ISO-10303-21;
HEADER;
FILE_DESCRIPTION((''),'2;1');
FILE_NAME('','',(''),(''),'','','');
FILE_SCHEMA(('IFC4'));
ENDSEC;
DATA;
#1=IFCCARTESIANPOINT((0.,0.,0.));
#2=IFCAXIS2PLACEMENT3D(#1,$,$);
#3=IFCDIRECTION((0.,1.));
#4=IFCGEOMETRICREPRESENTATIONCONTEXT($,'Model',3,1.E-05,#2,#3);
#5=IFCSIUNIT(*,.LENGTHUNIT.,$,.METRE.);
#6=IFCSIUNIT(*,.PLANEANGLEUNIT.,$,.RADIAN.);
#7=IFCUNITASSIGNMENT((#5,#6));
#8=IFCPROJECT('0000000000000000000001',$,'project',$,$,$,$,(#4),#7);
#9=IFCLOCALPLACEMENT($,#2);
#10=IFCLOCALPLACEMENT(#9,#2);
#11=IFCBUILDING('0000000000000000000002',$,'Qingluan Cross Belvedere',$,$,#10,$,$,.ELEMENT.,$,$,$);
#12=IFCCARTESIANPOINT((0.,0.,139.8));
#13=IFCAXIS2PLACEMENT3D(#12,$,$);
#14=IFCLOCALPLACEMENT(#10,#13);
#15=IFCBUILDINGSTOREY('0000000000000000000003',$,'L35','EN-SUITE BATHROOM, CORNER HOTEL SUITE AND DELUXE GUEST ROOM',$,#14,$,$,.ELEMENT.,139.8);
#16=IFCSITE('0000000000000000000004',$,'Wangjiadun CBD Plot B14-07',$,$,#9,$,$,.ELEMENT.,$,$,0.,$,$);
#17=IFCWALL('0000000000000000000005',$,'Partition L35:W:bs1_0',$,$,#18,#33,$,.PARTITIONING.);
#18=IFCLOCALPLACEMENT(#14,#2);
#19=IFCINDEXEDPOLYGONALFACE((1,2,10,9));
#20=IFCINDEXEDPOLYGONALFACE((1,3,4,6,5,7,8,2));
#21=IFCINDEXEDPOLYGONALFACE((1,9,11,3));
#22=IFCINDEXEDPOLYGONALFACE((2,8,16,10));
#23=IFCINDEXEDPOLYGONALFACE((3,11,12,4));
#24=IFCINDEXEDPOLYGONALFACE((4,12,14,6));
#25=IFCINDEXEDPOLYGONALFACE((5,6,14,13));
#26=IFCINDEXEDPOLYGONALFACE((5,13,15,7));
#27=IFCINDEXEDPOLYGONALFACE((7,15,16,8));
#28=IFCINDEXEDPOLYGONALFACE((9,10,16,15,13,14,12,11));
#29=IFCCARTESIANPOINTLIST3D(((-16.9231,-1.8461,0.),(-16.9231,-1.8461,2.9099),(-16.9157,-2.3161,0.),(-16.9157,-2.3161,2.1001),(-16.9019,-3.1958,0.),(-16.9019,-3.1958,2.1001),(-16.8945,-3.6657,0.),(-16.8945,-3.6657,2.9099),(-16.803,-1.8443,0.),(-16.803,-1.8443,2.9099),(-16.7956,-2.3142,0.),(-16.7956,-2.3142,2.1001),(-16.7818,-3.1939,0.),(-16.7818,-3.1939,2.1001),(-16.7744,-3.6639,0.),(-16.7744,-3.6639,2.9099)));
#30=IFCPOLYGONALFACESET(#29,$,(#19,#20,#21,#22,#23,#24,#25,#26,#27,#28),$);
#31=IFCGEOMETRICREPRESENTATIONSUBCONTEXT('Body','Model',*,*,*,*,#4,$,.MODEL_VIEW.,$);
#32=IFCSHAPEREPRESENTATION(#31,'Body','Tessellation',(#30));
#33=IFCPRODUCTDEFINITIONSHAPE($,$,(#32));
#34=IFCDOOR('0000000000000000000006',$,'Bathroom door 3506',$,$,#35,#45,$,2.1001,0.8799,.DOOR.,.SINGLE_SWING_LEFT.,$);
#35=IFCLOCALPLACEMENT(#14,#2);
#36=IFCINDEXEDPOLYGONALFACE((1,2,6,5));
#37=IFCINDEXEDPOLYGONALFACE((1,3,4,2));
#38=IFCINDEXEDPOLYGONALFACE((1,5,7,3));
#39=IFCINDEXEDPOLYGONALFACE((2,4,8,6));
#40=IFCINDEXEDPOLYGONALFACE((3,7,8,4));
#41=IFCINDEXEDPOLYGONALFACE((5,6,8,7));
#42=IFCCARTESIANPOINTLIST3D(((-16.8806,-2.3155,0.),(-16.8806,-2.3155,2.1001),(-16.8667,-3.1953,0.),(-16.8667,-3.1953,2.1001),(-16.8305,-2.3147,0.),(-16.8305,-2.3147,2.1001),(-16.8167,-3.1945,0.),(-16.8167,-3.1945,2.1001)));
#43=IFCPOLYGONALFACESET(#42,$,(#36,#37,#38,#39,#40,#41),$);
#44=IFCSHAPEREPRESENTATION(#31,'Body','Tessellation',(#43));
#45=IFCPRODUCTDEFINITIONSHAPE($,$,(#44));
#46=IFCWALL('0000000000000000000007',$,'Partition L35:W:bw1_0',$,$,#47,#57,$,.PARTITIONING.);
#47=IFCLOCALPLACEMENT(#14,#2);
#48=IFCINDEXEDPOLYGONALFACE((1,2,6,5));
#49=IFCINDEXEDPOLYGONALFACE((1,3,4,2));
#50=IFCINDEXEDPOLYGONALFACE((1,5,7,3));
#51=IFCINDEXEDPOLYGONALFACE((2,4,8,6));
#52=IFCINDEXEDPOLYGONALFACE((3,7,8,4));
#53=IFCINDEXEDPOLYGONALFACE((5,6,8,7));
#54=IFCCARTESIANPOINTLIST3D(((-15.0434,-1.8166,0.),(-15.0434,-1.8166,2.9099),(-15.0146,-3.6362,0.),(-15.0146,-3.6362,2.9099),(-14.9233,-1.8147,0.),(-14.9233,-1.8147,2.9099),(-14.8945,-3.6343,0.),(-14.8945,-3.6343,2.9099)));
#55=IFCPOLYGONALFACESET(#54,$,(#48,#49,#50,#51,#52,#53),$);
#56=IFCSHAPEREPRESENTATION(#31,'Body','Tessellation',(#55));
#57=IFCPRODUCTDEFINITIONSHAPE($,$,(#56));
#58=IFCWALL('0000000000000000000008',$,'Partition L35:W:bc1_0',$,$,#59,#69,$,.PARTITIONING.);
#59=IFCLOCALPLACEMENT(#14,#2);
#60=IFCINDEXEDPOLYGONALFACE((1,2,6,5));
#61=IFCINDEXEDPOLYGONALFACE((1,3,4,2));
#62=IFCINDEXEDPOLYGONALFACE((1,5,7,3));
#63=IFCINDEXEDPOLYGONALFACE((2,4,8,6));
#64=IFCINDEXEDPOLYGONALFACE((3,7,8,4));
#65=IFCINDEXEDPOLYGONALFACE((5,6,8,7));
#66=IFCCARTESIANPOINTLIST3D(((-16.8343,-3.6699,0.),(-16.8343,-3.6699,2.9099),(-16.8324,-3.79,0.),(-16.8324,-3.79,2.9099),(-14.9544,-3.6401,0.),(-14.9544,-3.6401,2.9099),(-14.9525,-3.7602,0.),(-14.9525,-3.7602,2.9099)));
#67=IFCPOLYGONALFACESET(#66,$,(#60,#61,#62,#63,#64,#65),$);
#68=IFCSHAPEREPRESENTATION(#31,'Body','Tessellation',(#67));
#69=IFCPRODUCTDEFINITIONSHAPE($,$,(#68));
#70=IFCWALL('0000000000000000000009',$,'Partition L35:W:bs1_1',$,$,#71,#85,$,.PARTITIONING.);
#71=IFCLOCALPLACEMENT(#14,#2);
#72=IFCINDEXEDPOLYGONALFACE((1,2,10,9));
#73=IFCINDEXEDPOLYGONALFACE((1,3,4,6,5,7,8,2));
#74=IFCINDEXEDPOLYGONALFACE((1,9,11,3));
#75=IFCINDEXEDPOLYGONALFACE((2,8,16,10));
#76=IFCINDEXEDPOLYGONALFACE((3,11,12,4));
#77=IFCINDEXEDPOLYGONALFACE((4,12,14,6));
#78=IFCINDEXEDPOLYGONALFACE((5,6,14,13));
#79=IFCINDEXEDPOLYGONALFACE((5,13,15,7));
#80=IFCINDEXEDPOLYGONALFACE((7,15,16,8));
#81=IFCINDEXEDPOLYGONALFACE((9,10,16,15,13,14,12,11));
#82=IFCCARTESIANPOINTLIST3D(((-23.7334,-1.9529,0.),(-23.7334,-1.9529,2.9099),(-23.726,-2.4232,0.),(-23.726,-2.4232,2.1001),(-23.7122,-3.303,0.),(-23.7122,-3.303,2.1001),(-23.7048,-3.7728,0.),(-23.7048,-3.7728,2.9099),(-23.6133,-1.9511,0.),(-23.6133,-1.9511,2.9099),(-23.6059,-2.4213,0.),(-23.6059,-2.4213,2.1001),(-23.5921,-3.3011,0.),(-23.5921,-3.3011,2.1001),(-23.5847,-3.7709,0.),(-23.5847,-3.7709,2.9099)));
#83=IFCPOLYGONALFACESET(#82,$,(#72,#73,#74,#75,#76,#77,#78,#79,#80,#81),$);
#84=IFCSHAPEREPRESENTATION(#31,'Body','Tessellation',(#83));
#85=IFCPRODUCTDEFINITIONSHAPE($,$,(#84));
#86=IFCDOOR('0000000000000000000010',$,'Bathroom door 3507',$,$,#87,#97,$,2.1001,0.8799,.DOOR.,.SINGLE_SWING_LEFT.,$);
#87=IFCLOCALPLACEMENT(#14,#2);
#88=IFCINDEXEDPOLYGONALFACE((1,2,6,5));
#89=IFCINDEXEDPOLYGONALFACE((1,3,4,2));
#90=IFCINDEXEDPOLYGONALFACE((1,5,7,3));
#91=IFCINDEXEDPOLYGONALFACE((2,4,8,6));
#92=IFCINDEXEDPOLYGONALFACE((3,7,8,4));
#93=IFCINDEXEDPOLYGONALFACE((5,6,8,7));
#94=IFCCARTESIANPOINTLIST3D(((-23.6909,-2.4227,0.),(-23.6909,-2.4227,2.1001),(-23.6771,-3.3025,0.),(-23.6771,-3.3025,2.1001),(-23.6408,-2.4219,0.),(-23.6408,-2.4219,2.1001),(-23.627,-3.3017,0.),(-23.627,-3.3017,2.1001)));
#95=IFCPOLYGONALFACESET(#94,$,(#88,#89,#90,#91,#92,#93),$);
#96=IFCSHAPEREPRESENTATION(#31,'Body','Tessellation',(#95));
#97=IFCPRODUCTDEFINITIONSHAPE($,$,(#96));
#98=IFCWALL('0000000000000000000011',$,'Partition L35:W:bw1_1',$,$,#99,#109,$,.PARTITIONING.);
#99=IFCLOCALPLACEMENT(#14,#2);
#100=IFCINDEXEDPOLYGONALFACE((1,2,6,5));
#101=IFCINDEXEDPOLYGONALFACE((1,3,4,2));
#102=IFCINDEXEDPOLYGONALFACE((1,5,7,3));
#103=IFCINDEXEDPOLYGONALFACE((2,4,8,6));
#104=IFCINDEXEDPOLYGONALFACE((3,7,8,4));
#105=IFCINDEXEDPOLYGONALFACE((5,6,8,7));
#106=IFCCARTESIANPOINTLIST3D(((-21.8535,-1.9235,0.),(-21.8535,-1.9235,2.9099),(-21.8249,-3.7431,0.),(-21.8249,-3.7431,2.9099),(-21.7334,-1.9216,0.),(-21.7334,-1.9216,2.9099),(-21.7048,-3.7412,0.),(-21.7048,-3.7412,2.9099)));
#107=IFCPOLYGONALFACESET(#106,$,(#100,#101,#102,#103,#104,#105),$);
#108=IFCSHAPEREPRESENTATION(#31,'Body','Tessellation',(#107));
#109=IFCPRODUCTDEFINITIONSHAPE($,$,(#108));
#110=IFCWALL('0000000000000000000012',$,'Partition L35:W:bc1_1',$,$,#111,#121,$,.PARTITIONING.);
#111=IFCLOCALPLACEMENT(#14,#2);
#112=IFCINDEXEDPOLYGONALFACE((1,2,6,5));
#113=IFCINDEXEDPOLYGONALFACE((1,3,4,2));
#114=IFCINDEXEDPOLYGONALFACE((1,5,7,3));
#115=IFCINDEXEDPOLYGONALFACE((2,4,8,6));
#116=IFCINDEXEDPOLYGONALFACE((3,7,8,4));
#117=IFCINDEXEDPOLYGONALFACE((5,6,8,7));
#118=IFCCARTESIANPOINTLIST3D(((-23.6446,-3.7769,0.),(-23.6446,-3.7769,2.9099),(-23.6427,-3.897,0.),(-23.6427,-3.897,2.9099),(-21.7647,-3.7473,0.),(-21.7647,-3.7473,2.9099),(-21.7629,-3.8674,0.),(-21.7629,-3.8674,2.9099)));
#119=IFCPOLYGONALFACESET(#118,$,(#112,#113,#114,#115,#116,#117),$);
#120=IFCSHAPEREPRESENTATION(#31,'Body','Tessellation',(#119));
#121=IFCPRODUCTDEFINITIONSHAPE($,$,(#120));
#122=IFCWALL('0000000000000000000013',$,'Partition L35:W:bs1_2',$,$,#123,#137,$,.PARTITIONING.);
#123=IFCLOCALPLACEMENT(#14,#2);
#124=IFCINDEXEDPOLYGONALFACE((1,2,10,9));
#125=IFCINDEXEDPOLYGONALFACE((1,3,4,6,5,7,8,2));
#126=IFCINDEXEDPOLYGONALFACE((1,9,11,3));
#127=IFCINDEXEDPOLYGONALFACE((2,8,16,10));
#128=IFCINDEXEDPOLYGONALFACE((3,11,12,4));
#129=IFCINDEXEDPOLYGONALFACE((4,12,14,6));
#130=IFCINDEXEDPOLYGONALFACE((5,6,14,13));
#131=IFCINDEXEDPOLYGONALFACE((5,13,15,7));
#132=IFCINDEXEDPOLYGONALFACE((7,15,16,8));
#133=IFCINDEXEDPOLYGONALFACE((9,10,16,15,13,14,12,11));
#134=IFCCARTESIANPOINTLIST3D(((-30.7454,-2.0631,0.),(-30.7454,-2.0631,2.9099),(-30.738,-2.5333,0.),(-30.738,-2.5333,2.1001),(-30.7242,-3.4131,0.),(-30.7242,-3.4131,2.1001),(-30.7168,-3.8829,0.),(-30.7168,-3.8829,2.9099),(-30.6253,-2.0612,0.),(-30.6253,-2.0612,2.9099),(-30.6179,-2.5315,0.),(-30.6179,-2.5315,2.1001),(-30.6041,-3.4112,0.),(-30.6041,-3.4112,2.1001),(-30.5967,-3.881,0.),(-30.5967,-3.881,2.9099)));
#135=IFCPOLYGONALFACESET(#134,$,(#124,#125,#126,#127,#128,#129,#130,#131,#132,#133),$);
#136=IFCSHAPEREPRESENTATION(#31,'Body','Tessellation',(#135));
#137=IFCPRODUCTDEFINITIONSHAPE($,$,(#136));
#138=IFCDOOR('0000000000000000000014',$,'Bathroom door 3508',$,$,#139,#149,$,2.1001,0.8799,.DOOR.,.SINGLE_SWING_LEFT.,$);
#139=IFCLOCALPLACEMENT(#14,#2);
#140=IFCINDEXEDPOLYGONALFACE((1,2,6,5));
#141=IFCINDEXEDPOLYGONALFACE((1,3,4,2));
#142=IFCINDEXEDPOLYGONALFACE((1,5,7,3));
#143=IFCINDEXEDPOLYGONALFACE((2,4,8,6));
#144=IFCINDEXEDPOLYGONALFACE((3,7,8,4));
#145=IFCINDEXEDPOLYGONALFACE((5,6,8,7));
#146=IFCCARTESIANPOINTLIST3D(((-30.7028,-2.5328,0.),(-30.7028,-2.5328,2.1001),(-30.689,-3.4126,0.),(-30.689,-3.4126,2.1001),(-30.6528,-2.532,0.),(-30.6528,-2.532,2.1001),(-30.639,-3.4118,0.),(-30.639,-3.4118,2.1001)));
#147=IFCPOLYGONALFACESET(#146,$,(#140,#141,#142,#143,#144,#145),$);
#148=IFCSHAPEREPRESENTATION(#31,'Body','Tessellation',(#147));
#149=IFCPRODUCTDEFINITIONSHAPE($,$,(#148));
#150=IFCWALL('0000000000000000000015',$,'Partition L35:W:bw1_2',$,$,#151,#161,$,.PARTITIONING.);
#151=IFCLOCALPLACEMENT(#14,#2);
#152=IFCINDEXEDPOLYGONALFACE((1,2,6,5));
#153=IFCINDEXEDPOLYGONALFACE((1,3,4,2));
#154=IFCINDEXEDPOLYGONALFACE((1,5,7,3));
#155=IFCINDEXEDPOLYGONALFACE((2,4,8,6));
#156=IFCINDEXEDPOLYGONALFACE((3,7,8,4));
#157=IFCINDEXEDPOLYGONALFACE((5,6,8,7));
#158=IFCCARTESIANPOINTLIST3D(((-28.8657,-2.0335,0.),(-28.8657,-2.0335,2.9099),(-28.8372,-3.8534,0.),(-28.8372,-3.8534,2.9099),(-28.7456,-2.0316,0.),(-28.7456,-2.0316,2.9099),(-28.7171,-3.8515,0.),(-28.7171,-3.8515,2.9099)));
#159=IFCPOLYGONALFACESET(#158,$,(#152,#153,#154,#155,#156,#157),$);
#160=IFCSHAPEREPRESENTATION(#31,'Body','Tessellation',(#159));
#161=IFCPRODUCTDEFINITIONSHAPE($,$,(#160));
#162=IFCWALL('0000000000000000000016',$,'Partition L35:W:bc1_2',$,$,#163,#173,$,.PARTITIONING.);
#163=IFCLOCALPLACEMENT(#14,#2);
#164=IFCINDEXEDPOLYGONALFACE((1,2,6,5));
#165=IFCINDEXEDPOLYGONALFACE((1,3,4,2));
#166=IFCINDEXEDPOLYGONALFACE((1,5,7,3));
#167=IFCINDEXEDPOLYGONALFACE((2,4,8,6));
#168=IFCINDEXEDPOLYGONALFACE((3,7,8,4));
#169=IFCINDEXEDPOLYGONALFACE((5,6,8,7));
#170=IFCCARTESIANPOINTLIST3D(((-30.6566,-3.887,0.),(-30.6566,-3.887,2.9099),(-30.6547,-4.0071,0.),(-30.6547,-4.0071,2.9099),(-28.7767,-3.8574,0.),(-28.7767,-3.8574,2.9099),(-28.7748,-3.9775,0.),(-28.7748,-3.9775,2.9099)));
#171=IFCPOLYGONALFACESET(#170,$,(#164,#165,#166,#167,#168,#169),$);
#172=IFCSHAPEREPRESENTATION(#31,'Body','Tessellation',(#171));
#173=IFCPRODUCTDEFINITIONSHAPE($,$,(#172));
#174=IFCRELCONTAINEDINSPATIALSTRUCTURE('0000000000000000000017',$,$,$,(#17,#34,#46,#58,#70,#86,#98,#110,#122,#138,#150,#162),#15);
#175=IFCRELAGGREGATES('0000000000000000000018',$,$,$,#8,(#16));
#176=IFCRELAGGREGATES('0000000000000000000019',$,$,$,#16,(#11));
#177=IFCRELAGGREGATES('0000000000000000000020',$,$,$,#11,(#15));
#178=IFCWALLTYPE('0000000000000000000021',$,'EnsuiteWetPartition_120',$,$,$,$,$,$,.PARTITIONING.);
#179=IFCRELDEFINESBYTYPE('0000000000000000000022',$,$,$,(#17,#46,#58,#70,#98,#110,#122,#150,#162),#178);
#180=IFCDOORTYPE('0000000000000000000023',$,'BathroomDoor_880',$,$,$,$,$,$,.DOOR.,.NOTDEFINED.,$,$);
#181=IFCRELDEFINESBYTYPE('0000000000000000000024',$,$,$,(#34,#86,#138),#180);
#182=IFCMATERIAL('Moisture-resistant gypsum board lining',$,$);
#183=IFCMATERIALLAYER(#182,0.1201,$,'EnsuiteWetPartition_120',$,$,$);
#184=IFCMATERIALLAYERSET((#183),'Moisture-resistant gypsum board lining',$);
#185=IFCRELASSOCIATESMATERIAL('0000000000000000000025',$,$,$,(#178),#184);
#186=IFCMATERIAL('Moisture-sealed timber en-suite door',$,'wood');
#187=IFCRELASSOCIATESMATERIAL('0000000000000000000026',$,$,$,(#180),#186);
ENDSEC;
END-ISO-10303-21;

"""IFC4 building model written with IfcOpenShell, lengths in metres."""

from ifc_helpers import new_model, si_unit, direction, frame, frame_2d, origin, place, context, subcontext, project, spatial, rectangle, extrude, material, layer, layer_set, type_object, element, fill, save


model = new_model("IFC4")

# Units and contexts
model_context = context("Model", 3, precision=1e-05, world=origin(), true_north=direction((0.0, 1.0)))
body_context = subcontext(model_context, "Body", "Model", "MODEL_VIEW")
ifc_project = project(units=[si_unit("LENGTHUNIT", "METRE"), si_unit("PLANEANGLEUNIT", "RADIAN")], contexts=[model_context])

# Site, building, storey
site_placement = place(None, origin())
site = spatial("IfcSite", under=ifc_project, at=site_placement, Name="Wangjiadun CBD Plot B14-07", CompositionType="ELEMENT", RefElevation=0.0)
building_placement = place(site_placement, origin())
building = spatial("IfcBuilding", under=site, at=building_placement, Name="Qingluan Cross Belvedere", CompositionType="ELEMENT")
storey_placement = place(building_placement, frame((0.0, 0.0, 139.8)))
storey = spatial("IfcBuildingStorey", under=building, at=storey_placement, Name="L35", Description="EN-SUITE BATHROOM, CORNER HOTEL SUITE AND DELUXE GUEST ROOM", CompositionType="ELEMENT", Elevation=139.8)

# Wall, opening, door
ifc_material_1 = material(Name="Moisture-resistant gypsum board lining")
ifc_layer_1 = layer(ifc_material_1, 0.1201, Name="EnsuiteWetPartition_120")
ifc_layer_set_1 = layer_set([ifc_layer_1], Name="Moisture-resistant gypsum board lining")
wall_type_1 = type_object("IfcWallType", Name="EnsuiteWetPartition_120", PredefinedType="PARTITIONING", material=ifc_layer_set_1)
wall_1_placement = place(storey_placement, frame((-16.8345, -3.6648, 0.0), z_axis=(0.0, 0.0, 1.0), x_axis=(-0.015696, 0.999877, 0.0)))
wall_1 = element("IfcWall", 1, at=wall_1_placement, inside=storey, type_object=wall_type_1, Name="Partition L35:W:bs1_0", PredefinedType="PARTITIONING", context=body_context, shape_type="SweptSolid", body=[
    extrude(rectangle(XDim=1.8198, YDim=0.1201, at=frame_2d((0.9099, 0.0))), origin(), (0.0, 0.0, 1.0), 2.9099),
])
opening_1_placement = place(wall_1_placement, frame((0.47, 0.0, 0.0)))
opening_1 = element("IfcOpeningElement", 2, at=opening_1_placement, cuts=wall_1, PredefinedType="OPENING", context=body_context, shape_type="SweptSolid", body=[
    extrude(rectangle(XDim=0.8799, YDim=2.1001, at=frame_2d((0.4399, 1.05))), frame((0.0, 0.0701, 0.0), z_axis=(0.0, -1.0, 0.0), x_axis=(1.0, 0.0, 0.0)), (0.0, 0.0, 1.0), 0.1401),
])
ifc_material_2 = material(Name="Moisture-sealed timber en-suite door", Category="wood")
door_type_1 = type_object("IfcDoorType", Name="BathroomDoor_880", OperationType="NOTDEFINED", PredefinedType="DOOR", material=ifc_material_2)
door_1_placement = place(opening_1_placement, origin())
door_1 = element("IfcDoor", 3, at=door_1_placement, inside=storey, type_object=door_type_1, Name="Bathroom door 3506", OperationType="SINGLE_SWING_LEFT", OverallHeight=2.1001, OverallWidth=0.8799, PredefinedType="DOOR", context=body_context, shape_type="SweptSolid", body=[
    extrude(rectangle(XDim=0.8799, YDim=2.1001, at=frame_2d((0.4399, 1.05))), frame((0.0, 0.0249, 0.0), z_axis=(0.0, -1.0, 0.0), x_axis=(1.0, 0.0, 0.0)), (0.0, 0.0, 1.0), 0.05),
])
fill(opening_1, door_1)

# Walls
wall_2_placement = place(storey_placement, frame((-14.9546, -3.6353, 0.0), z_axis=(0.0, 0.0, 1.0), x_axis=(-0.015831, 0.999875, 0.0)))
element("IfcWall", 4, at=wall_2_placement, inside=storey, type_object=wall_type_1, Name="Partition L35:W:bw1_0", PredefinedType="PARTITIONING", context=body_context, shape_type="SweptSolid", body=[
    extrude(rectangle(XDim=1.8198, YDim=0.1201, at=frame_2d((0.9099, 0.0))), origin(), (0.0, 0.0, 1.0), 2.9099),
])
wall_3_placement = place(storey_placement, frame((-14.9536, -3.7002, 0.0), z_axis=(0.0, 0.0, 1.0), x_axis=(-0.999875, -0.015842, 0.0)))
element("IfcWall", 5, at=wall_3_placement, inside=storey, type_object=wall_type_1, Name="Partition L35:W:bc1_0", PredefinedType="PARTITIONING", context=body_context, shape_type="SweptSolid", body=[
    extrude(rectangle(XDim=1.8801, YDim=0.1201, at=frame_2d((0.9399, 0.0))), origin(), (0.0, 0.0, 1.0), 2.9099),
])

# Wall, opening, door
wall_4_placement = place(storey_placement, frame((-23.6448, -3.772, 0.0), z_axis=(0.0, 0.0, 1.0), x_axis=(-0.015694, 0.999877, 0.0)))
wall_4 = element("IfcWall", 6, at=wall_4_placement, inside=storey, type_object=wall_type_1, Name="Partition L35:W:bs1_1", PredefinedType="PARTITIONING", context=body_context, shape_type="SweptSolid", body=[
    extrude(rectangle(XDim=1.8201, YDim=0.1201, at=frame_2d((0.9102, 0.0))), origin(), (0.0, 0.0, 1.0), 2.9099),
])
opening_2_placement = place(wall_4_placement, frame((0.47, 0.0, 0.0)))
opening_2 = element("IfcOpeningElement", 7, at=opening_2_placement, cuts=wall_4, PredefinedType="OPENING", context=body_context, shape_type="SweptSolid", body=[
    extrude(rectangle(XDim=0.8799, YDim=2.1001, at=frame_2d((0.4399, 1.05))), frame((0.0, 0.0701, 0.0), z_axis=(0.0, -1.0, 0.0), x_axis=(1.0, 0.0, 0.0)), (0.0, 0.0, 1.0), 0.1401),
])
door_2_placement = place(opening_2_placement, origin())
door_2 = element("IfcDoor", 8, at=door_2_placement, inside=storey, type_object=door_type_1, Name="Bathroom door 3507", OperationType="SINGLE_SWING_LEFT", OverallHeight=2.1001, OverallWidth=0.8799, PredefinedType="DOOR", context=body_context, shape_type="SweptSolid", body=[
    extrude(rectangle(XDim=0.8799, YDim=2.1001, at=frame_2d((0.4399, 1.05))), frame((0.0, 0.0249, 0.0), z_axis=(0.0, -1.0, 0.0), x_axis=(1.0, 0.0, 0.0)), (0.0, 0.0, 1.0), 0.05),
])
fill(opening_2, door_2)

# Walls
wall_5_placement = place(storey_placement, frame((-21.7649, -3.7422, 0.0), z_axis=(0.0, 0.0, 1.0), x_axis=(-0.015696, 0.999877, 0.0)))
element("IfcWall", 9, at=wall_5_placement, inside=storey, type_object=wall_type_1, Name="Partition L35:W:bw1_1", PredefinedType="PARTITIONING", context=body_context, shape_type="SweptSolid", body=[
    extrude(rectangle(XDim=1.8198, YDim=0.1201, at=frame_2d((0.9099, 0.0))), origin(), (0.0, 0.0, 1.0), 2.9099),
])
wall_6_placement = place(storey_placement, frame((-21.7639, -3.8074, 0.0), z_axis=(0.0, 0.0, 1.0), x_axis=(-0.999877, -0.015712, 0.0)))
element("IfcWall", 10, at=wall_6_placement, inside=storey, type_object=wall_type_1, Name="Partition L35:W:bc1_1", PredefinedType="PARTITIONING", context=body_context, shape_type="SweptSolid", body=[
    extrude(rectangle(XDim=1.8801, YDim=0.1201, at=frame_2d((0.9399, 0.0))), origin(), (0.0, 0.0, 1.0), 2.9099),
])

# Wall, opening, door
wall_7_placement = place(storey_placement, frame((-30.6567, -3.8821, 0.0), z_axis=(0.0, 0.0, 1.0), x_axis=(-0.015694, 0.999877, 0.0)))
wall_7 = element("IfcWall", 11, at=wall_7_placement, inside=storey, type_object=wall_type_1, Name="Partition L35:W:bs1_2", PredefinedType="PARTITIONING", context=body_context, shape_type="SweptSolid", body=[
    extrude(rectangle(XDim=1.8201, YDim=0.1201, at=frame_2d((0.9102, 0.0))), origin(), (0.0, 0.0, 1.0), 2.9099),
])
opening_3_placement = place(wall_7_placement, frame((0.47, 0.0, 0.0)))
opening_3 = element("IfcOpeningElement", 12, at=opening_3_placement, cuts=wall_7, PredefinedType="OPENING", context=body_context, shape_type="SweptSolid", body=[
    extrude(rectangle(XDim=0.8799, YDim=2.1001, at=frame_2d((0.4399, 1.05))), frame((0.0, 0.0701, 0.0), z_axis=(0.0, -1.0, 0.0), x_axis=(1.0, 0.0, 0.0)), (0.0, 0.0, 1.0), 0.1401),
])
door_3_placement = place(opening_3_placement, origin())
door_3 = element("IfcDoor", 13, at=door_3_placement, inside=storey, type_object=door_type_1, Name="Bathroom door 3508", OperationType="SINGLE_SWING_LEFT", OverallHeight=2.1001, OverallWidth=0.8799, PredefinedType="DOOR", context=body_context, shape_type="SweptSolid", body=[
    extrude(rectangle(XDim=0.8799, YDim=2.1001, at=frame_2d((0.4399, 1.05))), frame((0.0, 0.0249, 0.0), z_axis=(0.0, -1.0, 0.0), x_axis=(1.0, 0.0, 0.0)), (0.0, 0.0, 1.0), 0.05),
])
fill(opening_3, door_3)

# Walls
wall_8_placement = place(storey_placement, frame((-28.7771, -3.8525, 0.0), z_axis=(0.0, 0.0, 1.0), x_axis=(-0.015694, 0.999877, 0.0)))
element("IfcWall", 14, at=wall_8_placement, inside=storey, type_object=wall_type_1, Name="Partition L35:W:bw1_2", PredefinedType="PARTITIONING", context=body_context, shape_type="SweptSolid", body=[
    extrude(rectangle(XDim=1.8201, YDim=0.1201, at=frame_2d((0.9102, 0.0))), origin(), (0.0, 0.0, 1.0), 2.9099),
])
wall_9_placement = place(storey_placement, frame((-28.7759, -3.9175, 0.0), z_axis=(0.0, 0.0, 1.0), x_axis=(-0.999877, -0.015712, 0.0)))
element("IfcWall", 15, at=wall_9_placement, inside=storey, type_object=wall_type_1, Name="Partition L35:W:bc1_2", PredefinedType="PARTITIONING", context=body_context, shape_type="SweptSolid", body=[
    extrude(rectangle(XDim=1.8801, YDim=0.1201, at=frame_2d((0.9399, 0.0))), origin(), (0.0, 0.0, 1.0), 2.9099),
])

save(model, "model.ifc")
